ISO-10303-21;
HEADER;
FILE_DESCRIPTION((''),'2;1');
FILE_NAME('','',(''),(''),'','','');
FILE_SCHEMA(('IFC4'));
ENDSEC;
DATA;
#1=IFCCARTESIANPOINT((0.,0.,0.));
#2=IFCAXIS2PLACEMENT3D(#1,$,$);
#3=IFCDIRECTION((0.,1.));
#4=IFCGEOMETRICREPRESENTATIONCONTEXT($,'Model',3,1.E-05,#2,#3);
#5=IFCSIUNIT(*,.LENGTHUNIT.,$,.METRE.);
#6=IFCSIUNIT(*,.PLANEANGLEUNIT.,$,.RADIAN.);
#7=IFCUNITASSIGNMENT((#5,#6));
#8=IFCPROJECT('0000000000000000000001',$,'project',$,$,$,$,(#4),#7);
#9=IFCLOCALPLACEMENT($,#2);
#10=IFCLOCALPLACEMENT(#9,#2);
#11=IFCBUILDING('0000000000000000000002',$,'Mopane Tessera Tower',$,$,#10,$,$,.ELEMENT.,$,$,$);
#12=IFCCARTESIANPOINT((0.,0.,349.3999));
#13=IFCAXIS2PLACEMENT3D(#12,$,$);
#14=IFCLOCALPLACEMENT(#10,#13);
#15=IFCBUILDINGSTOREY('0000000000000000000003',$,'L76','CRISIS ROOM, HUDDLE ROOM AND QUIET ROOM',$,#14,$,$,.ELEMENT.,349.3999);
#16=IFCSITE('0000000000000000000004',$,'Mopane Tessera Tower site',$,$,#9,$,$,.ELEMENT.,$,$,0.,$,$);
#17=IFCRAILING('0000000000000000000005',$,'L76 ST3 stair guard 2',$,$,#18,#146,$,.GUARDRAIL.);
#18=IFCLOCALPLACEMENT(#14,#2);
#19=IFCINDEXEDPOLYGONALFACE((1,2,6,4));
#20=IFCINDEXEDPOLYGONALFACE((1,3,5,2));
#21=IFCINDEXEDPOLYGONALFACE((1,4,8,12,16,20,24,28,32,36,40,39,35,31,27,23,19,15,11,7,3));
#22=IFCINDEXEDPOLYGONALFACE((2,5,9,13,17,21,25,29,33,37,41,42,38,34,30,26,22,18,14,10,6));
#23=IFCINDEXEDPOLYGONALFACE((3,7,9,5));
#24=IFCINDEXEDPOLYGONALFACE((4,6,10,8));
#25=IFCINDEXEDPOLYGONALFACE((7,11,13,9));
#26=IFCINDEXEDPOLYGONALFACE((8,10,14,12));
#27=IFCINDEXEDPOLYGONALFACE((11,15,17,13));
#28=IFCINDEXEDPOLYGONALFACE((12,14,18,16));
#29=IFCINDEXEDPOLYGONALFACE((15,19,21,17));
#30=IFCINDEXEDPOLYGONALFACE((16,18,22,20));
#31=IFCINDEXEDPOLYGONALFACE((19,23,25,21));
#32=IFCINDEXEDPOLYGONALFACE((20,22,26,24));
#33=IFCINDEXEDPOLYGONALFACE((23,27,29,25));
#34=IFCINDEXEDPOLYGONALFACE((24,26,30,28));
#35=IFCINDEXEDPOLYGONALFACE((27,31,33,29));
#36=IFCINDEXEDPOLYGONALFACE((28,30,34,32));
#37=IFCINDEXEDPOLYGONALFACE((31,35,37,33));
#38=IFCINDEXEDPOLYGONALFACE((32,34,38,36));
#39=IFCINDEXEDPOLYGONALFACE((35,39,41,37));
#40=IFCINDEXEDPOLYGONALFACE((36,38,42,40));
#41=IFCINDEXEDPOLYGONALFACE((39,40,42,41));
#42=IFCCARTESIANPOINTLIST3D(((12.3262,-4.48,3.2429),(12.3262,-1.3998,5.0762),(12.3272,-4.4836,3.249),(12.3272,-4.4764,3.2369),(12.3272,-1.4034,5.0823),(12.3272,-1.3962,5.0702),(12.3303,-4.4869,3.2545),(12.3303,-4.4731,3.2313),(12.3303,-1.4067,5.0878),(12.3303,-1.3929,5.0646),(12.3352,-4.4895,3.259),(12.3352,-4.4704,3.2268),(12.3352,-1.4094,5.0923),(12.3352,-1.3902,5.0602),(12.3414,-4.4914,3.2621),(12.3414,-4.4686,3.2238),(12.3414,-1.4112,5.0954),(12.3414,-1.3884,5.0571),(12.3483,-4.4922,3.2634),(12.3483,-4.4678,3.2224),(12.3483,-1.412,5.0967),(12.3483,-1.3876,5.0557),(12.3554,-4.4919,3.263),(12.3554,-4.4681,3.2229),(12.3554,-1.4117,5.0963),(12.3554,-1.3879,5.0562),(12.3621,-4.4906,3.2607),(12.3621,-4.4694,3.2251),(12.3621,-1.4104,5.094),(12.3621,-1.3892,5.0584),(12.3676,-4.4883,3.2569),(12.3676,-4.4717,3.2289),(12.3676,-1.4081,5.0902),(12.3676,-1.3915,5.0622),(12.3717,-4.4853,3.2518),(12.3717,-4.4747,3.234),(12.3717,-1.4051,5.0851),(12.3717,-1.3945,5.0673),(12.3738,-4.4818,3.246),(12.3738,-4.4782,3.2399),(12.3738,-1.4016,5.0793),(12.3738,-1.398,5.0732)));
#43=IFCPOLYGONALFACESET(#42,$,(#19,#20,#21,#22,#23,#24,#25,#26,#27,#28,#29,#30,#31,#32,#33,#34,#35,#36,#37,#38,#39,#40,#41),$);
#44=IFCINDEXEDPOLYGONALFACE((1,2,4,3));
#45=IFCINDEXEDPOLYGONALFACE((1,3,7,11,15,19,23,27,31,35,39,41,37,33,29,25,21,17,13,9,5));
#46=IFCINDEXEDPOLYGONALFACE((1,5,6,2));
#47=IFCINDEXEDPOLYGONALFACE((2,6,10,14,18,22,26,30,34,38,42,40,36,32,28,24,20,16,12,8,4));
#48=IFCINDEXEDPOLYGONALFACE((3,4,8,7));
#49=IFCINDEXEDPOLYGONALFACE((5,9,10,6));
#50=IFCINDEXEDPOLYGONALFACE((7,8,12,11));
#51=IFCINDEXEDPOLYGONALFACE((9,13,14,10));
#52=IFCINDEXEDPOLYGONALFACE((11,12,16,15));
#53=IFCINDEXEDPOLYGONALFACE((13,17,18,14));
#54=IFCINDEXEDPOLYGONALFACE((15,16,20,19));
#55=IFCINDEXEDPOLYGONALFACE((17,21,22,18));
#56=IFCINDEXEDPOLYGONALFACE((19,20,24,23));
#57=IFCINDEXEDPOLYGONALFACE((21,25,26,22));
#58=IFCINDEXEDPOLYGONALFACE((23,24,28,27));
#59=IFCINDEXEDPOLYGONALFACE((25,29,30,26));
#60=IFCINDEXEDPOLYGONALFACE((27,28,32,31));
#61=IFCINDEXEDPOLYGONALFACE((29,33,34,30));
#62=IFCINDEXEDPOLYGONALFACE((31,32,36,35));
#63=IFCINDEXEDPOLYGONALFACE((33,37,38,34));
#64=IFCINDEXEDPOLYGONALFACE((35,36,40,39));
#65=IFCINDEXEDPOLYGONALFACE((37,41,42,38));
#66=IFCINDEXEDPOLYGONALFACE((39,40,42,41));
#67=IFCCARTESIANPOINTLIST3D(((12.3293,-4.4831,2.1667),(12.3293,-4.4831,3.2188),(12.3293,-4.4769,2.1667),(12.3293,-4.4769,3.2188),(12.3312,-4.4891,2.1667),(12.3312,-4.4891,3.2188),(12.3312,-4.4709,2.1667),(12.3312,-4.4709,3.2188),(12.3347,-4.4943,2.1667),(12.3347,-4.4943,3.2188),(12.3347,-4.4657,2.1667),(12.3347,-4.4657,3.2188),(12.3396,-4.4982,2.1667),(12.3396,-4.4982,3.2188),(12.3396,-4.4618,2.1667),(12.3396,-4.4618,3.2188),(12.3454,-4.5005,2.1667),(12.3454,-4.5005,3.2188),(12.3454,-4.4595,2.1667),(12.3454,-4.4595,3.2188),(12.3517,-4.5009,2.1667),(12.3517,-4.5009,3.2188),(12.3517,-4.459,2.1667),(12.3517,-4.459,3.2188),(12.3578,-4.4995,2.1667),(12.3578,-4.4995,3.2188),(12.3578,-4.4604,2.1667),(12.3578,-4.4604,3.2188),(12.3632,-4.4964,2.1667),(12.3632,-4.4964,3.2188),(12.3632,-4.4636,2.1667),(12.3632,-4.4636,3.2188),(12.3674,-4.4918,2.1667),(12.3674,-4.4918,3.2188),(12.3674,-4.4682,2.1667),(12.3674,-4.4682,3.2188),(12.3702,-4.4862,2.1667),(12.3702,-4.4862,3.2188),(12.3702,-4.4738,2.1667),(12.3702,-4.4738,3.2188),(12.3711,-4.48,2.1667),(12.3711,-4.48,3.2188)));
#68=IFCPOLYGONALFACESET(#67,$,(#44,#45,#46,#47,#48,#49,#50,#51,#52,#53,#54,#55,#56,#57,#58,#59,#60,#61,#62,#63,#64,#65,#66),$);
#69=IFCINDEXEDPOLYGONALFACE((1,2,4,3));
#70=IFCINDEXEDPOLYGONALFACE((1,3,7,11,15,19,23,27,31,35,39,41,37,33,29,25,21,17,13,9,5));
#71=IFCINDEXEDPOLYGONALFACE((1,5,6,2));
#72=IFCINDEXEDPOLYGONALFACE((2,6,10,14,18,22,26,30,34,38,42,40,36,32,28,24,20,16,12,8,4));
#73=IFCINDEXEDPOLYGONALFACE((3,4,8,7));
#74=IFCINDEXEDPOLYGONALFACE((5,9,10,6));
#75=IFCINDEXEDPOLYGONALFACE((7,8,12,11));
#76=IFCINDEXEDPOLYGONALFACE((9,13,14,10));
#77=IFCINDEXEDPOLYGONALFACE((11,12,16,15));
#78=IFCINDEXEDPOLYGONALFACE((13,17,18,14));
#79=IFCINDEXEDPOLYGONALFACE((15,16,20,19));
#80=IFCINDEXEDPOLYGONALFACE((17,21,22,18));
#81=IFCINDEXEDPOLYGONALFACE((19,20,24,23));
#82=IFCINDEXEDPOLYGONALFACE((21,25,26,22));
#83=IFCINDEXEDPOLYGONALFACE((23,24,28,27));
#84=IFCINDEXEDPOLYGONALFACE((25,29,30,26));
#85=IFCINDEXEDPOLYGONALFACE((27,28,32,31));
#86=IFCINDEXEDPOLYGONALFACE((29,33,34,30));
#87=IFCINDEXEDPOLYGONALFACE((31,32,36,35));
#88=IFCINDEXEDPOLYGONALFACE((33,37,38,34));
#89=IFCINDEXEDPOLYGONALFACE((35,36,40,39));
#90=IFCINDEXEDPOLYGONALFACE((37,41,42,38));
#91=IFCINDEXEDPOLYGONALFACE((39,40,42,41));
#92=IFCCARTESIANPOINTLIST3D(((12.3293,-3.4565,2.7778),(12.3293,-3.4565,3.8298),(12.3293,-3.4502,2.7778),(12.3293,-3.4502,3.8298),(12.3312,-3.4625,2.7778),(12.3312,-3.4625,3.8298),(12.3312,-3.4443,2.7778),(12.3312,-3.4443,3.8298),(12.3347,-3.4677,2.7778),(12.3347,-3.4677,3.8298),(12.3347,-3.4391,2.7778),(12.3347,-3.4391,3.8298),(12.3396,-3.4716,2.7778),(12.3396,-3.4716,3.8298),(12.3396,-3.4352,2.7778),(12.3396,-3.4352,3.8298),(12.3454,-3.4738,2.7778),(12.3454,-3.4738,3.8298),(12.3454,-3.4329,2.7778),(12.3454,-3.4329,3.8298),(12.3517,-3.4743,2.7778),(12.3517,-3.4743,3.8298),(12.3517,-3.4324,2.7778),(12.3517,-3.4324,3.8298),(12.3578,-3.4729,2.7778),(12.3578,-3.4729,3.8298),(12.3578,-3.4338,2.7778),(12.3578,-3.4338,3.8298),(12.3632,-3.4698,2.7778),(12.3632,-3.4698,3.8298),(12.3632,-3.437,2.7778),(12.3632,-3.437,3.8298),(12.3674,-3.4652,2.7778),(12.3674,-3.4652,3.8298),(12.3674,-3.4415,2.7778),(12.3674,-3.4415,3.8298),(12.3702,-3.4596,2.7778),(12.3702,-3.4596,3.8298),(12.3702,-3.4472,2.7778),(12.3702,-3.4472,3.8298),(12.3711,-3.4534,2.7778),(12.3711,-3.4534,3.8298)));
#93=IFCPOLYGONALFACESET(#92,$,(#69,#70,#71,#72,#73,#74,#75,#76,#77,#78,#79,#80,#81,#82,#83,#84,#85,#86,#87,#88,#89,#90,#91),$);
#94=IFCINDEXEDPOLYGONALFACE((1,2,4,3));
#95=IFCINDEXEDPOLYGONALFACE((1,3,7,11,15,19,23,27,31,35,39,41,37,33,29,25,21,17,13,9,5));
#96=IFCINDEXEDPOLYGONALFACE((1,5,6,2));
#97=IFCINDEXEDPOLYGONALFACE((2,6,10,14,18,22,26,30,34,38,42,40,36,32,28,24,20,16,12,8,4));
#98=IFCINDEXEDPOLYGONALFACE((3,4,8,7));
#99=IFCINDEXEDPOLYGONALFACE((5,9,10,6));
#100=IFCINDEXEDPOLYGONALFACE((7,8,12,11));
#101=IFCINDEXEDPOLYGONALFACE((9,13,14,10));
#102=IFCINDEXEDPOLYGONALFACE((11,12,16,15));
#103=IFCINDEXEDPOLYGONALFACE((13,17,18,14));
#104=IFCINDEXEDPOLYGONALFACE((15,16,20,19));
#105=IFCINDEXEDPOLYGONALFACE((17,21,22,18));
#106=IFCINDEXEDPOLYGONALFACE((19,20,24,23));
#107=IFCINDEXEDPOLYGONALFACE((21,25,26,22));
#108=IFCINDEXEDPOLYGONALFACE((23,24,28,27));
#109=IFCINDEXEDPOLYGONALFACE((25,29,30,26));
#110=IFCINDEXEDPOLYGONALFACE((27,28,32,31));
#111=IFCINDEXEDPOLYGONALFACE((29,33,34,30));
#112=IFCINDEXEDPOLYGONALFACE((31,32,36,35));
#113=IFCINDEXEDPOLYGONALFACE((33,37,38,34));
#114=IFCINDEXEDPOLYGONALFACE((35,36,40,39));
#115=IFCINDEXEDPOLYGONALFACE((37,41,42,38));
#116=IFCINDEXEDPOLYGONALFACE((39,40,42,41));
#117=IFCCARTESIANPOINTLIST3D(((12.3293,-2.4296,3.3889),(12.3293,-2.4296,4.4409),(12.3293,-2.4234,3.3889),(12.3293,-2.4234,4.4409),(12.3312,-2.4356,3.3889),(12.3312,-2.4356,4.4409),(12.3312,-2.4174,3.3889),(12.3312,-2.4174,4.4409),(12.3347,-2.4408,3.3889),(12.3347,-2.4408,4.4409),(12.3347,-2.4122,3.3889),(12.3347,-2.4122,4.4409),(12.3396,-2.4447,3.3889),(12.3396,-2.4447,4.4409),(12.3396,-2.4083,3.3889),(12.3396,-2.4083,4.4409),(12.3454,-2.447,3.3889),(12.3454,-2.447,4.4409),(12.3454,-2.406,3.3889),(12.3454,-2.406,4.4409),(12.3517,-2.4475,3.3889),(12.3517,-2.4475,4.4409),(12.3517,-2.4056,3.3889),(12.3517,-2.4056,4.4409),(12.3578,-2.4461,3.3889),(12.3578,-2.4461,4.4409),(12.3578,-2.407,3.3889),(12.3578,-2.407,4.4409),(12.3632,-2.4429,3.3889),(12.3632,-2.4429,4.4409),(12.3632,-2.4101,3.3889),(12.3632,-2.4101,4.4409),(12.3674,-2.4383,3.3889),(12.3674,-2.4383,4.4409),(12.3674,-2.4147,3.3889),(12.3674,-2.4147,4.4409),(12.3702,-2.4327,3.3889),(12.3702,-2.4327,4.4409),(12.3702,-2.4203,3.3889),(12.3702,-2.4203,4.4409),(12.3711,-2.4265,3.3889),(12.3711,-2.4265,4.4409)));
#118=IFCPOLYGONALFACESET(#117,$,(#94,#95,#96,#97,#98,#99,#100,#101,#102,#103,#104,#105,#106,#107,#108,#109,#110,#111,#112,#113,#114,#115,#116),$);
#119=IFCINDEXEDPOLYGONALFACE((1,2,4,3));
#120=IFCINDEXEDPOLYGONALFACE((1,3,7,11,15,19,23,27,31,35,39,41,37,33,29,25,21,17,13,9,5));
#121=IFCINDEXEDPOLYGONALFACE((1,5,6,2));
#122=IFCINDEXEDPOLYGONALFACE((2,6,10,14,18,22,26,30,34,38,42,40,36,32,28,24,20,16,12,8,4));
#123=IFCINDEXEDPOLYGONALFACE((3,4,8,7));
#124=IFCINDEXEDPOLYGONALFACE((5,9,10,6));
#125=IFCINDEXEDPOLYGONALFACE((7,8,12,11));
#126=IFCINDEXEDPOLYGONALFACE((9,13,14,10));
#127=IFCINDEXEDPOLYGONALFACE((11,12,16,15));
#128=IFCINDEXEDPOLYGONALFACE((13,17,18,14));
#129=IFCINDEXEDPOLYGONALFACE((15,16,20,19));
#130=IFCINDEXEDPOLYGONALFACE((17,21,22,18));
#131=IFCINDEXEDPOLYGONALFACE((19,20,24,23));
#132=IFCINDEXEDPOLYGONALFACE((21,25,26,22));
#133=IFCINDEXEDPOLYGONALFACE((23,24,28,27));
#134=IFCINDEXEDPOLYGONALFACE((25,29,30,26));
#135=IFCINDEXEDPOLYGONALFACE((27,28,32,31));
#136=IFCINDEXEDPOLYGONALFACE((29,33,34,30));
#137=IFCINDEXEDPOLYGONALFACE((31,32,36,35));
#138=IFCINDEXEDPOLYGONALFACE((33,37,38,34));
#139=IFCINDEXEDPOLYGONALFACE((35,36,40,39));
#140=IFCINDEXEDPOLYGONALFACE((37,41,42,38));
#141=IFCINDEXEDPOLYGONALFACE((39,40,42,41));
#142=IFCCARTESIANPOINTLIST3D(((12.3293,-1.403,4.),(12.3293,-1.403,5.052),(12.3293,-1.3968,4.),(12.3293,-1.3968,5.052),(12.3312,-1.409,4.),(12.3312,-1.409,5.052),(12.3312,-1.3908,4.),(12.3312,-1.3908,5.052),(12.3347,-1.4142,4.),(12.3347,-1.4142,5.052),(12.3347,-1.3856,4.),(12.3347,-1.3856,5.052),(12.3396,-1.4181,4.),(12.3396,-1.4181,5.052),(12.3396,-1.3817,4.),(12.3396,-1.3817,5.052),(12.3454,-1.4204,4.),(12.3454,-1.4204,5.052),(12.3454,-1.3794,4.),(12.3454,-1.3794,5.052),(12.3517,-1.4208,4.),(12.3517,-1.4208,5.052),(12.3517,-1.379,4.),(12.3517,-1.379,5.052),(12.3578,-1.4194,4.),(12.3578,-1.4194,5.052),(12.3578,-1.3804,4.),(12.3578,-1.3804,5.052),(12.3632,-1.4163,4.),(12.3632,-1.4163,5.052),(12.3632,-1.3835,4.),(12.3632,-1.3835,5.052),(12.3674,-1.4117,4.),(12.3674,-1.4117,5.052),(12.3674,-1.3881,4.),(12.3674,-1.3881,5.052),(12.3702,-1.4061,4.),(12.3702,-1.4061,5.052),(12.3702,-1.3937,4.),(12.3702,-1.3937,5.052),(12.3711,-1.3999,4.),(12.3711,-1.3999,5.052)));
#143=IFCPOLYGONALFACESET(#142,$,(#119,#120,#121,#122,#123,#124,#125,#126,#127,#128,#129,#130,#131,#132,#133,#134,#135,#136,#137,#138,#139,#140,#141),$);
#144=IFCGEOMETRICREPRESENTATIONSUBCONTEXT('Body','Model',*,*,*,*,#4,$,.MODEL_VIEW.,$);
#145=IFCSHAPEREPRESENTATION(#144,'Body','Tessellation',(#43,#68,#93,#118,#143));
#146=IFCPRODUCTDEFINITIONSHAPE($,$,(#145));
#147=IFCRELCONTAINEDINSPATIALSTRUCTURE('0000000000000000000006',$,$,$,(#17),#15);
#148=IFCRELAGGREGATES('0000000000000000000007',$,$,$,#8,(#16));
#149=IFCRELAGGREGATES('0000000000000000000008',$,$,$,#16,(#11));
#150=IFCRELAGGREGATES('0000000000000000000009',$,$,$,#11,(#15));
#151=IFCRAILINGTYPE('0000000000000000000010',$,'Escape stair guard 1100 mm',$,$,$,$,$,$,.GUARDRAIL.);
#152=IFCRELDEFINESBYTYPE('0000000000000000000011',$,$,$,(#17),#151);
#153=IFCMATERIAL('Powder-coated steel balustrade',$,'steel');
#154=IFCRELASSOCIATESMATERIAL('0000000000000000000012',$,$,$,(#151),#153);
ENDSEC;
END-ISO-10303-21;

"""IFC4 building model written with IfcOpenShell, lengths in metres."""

from ifc_helpers import new_model, si_unit, direction, frame, origin, origin_2d, place, context, subcontext, project, spatial, circle, extrude, material, type_object, element, save


model = new_model("IFC4")

# Units and contexts
model_context = context("Model", 3, precision=1e-05, world=origin(), true_north=direction((0.0, 1.0)))
body_context = subcontext(model_context, "Body", "Model", "MODEL_VIEW")
ifc_project = project(units=[si_unit("LENGTHUNIT", "METRE"), si_unit("PLANEANGLEUNIT", "RADIAN")], contexts=[model_context])

# Site, building, storey
site_placement = place(None, origin())
site = spatial("IfcSite", under=ifc_project, at=site_placement, Name="Mopane Tessera Tower site", CompositionType="ELEMENT", RefElevation=0.0)
building_placement = place(site_placement, origin())
building = spatial("IfcBuilding", under=site, at=building_placement, Name="Mopane Tessera Tower", CompositionType="ELEMENT")
storey_placement = place(building_placement, frame((0.0, 0.0, 349.3999)))
storey = spatial("IfcBuildingStorey", under=building, at=storey_placement, Name="L76", Description="CRISIS ROOM, HUDDLE ROOM AND QUIET ROOM", CompositionType="ELEMENT", Elevation=349.3999)

# Railing
ifc_material_1 = material(Name="Powder-coated steel balustrade", Category="steel")
railing_type_1 = type_object("IfcRailingType", Name="Escape stair guard 1100 mm", PredefinedType="GUARDRAIL", material=ifc_material_1)
railing_1_placement = place(storey_placement, frame((12.3501, -4.48, 2.1667)))
element("IfcRailing", 1, at=railing_1_placement, inside=storey, type_object=railing_type_1, Name="L76 ST3 stair guard 2", PredefinedType="GUARDRAIL", context=body_context, shape_type="SweptSolid", body=[
    extrude(circle(Radius=0.0239, at=origin_2d()), frame((0.0, 0.0, 1.0762), z_axis=(0.0, 0.859309, 0.511458), x_axis=(-1.0, 0.0, 0.0)), (0.0, 0.0, 1.0), 3.5845),
    extrude(circle(Radius=0.021, at=origin_2d()), origin(), (0.0, 0.0, 1.0), 1.052),
    extrude(circle(Radius=0.021, at=origin_2d()), frame((0.0, 1.0266, 0.6111)), (0.0, 0.0, 1.0), 1.052),
    extrude(circle(Radius=0.021, at=origin_2d()), frame((0.0, 2.0535, 1.2222)), (0.0, 0.0, 1.0), 1.052),
    extrude(circle(Radius=0.021, at=origin_2d()), frame((0.0, 3.0801, 1.8333)), (0.0, 0.0, 1.0), 1.052),
])

save(model, "model.ifc")
